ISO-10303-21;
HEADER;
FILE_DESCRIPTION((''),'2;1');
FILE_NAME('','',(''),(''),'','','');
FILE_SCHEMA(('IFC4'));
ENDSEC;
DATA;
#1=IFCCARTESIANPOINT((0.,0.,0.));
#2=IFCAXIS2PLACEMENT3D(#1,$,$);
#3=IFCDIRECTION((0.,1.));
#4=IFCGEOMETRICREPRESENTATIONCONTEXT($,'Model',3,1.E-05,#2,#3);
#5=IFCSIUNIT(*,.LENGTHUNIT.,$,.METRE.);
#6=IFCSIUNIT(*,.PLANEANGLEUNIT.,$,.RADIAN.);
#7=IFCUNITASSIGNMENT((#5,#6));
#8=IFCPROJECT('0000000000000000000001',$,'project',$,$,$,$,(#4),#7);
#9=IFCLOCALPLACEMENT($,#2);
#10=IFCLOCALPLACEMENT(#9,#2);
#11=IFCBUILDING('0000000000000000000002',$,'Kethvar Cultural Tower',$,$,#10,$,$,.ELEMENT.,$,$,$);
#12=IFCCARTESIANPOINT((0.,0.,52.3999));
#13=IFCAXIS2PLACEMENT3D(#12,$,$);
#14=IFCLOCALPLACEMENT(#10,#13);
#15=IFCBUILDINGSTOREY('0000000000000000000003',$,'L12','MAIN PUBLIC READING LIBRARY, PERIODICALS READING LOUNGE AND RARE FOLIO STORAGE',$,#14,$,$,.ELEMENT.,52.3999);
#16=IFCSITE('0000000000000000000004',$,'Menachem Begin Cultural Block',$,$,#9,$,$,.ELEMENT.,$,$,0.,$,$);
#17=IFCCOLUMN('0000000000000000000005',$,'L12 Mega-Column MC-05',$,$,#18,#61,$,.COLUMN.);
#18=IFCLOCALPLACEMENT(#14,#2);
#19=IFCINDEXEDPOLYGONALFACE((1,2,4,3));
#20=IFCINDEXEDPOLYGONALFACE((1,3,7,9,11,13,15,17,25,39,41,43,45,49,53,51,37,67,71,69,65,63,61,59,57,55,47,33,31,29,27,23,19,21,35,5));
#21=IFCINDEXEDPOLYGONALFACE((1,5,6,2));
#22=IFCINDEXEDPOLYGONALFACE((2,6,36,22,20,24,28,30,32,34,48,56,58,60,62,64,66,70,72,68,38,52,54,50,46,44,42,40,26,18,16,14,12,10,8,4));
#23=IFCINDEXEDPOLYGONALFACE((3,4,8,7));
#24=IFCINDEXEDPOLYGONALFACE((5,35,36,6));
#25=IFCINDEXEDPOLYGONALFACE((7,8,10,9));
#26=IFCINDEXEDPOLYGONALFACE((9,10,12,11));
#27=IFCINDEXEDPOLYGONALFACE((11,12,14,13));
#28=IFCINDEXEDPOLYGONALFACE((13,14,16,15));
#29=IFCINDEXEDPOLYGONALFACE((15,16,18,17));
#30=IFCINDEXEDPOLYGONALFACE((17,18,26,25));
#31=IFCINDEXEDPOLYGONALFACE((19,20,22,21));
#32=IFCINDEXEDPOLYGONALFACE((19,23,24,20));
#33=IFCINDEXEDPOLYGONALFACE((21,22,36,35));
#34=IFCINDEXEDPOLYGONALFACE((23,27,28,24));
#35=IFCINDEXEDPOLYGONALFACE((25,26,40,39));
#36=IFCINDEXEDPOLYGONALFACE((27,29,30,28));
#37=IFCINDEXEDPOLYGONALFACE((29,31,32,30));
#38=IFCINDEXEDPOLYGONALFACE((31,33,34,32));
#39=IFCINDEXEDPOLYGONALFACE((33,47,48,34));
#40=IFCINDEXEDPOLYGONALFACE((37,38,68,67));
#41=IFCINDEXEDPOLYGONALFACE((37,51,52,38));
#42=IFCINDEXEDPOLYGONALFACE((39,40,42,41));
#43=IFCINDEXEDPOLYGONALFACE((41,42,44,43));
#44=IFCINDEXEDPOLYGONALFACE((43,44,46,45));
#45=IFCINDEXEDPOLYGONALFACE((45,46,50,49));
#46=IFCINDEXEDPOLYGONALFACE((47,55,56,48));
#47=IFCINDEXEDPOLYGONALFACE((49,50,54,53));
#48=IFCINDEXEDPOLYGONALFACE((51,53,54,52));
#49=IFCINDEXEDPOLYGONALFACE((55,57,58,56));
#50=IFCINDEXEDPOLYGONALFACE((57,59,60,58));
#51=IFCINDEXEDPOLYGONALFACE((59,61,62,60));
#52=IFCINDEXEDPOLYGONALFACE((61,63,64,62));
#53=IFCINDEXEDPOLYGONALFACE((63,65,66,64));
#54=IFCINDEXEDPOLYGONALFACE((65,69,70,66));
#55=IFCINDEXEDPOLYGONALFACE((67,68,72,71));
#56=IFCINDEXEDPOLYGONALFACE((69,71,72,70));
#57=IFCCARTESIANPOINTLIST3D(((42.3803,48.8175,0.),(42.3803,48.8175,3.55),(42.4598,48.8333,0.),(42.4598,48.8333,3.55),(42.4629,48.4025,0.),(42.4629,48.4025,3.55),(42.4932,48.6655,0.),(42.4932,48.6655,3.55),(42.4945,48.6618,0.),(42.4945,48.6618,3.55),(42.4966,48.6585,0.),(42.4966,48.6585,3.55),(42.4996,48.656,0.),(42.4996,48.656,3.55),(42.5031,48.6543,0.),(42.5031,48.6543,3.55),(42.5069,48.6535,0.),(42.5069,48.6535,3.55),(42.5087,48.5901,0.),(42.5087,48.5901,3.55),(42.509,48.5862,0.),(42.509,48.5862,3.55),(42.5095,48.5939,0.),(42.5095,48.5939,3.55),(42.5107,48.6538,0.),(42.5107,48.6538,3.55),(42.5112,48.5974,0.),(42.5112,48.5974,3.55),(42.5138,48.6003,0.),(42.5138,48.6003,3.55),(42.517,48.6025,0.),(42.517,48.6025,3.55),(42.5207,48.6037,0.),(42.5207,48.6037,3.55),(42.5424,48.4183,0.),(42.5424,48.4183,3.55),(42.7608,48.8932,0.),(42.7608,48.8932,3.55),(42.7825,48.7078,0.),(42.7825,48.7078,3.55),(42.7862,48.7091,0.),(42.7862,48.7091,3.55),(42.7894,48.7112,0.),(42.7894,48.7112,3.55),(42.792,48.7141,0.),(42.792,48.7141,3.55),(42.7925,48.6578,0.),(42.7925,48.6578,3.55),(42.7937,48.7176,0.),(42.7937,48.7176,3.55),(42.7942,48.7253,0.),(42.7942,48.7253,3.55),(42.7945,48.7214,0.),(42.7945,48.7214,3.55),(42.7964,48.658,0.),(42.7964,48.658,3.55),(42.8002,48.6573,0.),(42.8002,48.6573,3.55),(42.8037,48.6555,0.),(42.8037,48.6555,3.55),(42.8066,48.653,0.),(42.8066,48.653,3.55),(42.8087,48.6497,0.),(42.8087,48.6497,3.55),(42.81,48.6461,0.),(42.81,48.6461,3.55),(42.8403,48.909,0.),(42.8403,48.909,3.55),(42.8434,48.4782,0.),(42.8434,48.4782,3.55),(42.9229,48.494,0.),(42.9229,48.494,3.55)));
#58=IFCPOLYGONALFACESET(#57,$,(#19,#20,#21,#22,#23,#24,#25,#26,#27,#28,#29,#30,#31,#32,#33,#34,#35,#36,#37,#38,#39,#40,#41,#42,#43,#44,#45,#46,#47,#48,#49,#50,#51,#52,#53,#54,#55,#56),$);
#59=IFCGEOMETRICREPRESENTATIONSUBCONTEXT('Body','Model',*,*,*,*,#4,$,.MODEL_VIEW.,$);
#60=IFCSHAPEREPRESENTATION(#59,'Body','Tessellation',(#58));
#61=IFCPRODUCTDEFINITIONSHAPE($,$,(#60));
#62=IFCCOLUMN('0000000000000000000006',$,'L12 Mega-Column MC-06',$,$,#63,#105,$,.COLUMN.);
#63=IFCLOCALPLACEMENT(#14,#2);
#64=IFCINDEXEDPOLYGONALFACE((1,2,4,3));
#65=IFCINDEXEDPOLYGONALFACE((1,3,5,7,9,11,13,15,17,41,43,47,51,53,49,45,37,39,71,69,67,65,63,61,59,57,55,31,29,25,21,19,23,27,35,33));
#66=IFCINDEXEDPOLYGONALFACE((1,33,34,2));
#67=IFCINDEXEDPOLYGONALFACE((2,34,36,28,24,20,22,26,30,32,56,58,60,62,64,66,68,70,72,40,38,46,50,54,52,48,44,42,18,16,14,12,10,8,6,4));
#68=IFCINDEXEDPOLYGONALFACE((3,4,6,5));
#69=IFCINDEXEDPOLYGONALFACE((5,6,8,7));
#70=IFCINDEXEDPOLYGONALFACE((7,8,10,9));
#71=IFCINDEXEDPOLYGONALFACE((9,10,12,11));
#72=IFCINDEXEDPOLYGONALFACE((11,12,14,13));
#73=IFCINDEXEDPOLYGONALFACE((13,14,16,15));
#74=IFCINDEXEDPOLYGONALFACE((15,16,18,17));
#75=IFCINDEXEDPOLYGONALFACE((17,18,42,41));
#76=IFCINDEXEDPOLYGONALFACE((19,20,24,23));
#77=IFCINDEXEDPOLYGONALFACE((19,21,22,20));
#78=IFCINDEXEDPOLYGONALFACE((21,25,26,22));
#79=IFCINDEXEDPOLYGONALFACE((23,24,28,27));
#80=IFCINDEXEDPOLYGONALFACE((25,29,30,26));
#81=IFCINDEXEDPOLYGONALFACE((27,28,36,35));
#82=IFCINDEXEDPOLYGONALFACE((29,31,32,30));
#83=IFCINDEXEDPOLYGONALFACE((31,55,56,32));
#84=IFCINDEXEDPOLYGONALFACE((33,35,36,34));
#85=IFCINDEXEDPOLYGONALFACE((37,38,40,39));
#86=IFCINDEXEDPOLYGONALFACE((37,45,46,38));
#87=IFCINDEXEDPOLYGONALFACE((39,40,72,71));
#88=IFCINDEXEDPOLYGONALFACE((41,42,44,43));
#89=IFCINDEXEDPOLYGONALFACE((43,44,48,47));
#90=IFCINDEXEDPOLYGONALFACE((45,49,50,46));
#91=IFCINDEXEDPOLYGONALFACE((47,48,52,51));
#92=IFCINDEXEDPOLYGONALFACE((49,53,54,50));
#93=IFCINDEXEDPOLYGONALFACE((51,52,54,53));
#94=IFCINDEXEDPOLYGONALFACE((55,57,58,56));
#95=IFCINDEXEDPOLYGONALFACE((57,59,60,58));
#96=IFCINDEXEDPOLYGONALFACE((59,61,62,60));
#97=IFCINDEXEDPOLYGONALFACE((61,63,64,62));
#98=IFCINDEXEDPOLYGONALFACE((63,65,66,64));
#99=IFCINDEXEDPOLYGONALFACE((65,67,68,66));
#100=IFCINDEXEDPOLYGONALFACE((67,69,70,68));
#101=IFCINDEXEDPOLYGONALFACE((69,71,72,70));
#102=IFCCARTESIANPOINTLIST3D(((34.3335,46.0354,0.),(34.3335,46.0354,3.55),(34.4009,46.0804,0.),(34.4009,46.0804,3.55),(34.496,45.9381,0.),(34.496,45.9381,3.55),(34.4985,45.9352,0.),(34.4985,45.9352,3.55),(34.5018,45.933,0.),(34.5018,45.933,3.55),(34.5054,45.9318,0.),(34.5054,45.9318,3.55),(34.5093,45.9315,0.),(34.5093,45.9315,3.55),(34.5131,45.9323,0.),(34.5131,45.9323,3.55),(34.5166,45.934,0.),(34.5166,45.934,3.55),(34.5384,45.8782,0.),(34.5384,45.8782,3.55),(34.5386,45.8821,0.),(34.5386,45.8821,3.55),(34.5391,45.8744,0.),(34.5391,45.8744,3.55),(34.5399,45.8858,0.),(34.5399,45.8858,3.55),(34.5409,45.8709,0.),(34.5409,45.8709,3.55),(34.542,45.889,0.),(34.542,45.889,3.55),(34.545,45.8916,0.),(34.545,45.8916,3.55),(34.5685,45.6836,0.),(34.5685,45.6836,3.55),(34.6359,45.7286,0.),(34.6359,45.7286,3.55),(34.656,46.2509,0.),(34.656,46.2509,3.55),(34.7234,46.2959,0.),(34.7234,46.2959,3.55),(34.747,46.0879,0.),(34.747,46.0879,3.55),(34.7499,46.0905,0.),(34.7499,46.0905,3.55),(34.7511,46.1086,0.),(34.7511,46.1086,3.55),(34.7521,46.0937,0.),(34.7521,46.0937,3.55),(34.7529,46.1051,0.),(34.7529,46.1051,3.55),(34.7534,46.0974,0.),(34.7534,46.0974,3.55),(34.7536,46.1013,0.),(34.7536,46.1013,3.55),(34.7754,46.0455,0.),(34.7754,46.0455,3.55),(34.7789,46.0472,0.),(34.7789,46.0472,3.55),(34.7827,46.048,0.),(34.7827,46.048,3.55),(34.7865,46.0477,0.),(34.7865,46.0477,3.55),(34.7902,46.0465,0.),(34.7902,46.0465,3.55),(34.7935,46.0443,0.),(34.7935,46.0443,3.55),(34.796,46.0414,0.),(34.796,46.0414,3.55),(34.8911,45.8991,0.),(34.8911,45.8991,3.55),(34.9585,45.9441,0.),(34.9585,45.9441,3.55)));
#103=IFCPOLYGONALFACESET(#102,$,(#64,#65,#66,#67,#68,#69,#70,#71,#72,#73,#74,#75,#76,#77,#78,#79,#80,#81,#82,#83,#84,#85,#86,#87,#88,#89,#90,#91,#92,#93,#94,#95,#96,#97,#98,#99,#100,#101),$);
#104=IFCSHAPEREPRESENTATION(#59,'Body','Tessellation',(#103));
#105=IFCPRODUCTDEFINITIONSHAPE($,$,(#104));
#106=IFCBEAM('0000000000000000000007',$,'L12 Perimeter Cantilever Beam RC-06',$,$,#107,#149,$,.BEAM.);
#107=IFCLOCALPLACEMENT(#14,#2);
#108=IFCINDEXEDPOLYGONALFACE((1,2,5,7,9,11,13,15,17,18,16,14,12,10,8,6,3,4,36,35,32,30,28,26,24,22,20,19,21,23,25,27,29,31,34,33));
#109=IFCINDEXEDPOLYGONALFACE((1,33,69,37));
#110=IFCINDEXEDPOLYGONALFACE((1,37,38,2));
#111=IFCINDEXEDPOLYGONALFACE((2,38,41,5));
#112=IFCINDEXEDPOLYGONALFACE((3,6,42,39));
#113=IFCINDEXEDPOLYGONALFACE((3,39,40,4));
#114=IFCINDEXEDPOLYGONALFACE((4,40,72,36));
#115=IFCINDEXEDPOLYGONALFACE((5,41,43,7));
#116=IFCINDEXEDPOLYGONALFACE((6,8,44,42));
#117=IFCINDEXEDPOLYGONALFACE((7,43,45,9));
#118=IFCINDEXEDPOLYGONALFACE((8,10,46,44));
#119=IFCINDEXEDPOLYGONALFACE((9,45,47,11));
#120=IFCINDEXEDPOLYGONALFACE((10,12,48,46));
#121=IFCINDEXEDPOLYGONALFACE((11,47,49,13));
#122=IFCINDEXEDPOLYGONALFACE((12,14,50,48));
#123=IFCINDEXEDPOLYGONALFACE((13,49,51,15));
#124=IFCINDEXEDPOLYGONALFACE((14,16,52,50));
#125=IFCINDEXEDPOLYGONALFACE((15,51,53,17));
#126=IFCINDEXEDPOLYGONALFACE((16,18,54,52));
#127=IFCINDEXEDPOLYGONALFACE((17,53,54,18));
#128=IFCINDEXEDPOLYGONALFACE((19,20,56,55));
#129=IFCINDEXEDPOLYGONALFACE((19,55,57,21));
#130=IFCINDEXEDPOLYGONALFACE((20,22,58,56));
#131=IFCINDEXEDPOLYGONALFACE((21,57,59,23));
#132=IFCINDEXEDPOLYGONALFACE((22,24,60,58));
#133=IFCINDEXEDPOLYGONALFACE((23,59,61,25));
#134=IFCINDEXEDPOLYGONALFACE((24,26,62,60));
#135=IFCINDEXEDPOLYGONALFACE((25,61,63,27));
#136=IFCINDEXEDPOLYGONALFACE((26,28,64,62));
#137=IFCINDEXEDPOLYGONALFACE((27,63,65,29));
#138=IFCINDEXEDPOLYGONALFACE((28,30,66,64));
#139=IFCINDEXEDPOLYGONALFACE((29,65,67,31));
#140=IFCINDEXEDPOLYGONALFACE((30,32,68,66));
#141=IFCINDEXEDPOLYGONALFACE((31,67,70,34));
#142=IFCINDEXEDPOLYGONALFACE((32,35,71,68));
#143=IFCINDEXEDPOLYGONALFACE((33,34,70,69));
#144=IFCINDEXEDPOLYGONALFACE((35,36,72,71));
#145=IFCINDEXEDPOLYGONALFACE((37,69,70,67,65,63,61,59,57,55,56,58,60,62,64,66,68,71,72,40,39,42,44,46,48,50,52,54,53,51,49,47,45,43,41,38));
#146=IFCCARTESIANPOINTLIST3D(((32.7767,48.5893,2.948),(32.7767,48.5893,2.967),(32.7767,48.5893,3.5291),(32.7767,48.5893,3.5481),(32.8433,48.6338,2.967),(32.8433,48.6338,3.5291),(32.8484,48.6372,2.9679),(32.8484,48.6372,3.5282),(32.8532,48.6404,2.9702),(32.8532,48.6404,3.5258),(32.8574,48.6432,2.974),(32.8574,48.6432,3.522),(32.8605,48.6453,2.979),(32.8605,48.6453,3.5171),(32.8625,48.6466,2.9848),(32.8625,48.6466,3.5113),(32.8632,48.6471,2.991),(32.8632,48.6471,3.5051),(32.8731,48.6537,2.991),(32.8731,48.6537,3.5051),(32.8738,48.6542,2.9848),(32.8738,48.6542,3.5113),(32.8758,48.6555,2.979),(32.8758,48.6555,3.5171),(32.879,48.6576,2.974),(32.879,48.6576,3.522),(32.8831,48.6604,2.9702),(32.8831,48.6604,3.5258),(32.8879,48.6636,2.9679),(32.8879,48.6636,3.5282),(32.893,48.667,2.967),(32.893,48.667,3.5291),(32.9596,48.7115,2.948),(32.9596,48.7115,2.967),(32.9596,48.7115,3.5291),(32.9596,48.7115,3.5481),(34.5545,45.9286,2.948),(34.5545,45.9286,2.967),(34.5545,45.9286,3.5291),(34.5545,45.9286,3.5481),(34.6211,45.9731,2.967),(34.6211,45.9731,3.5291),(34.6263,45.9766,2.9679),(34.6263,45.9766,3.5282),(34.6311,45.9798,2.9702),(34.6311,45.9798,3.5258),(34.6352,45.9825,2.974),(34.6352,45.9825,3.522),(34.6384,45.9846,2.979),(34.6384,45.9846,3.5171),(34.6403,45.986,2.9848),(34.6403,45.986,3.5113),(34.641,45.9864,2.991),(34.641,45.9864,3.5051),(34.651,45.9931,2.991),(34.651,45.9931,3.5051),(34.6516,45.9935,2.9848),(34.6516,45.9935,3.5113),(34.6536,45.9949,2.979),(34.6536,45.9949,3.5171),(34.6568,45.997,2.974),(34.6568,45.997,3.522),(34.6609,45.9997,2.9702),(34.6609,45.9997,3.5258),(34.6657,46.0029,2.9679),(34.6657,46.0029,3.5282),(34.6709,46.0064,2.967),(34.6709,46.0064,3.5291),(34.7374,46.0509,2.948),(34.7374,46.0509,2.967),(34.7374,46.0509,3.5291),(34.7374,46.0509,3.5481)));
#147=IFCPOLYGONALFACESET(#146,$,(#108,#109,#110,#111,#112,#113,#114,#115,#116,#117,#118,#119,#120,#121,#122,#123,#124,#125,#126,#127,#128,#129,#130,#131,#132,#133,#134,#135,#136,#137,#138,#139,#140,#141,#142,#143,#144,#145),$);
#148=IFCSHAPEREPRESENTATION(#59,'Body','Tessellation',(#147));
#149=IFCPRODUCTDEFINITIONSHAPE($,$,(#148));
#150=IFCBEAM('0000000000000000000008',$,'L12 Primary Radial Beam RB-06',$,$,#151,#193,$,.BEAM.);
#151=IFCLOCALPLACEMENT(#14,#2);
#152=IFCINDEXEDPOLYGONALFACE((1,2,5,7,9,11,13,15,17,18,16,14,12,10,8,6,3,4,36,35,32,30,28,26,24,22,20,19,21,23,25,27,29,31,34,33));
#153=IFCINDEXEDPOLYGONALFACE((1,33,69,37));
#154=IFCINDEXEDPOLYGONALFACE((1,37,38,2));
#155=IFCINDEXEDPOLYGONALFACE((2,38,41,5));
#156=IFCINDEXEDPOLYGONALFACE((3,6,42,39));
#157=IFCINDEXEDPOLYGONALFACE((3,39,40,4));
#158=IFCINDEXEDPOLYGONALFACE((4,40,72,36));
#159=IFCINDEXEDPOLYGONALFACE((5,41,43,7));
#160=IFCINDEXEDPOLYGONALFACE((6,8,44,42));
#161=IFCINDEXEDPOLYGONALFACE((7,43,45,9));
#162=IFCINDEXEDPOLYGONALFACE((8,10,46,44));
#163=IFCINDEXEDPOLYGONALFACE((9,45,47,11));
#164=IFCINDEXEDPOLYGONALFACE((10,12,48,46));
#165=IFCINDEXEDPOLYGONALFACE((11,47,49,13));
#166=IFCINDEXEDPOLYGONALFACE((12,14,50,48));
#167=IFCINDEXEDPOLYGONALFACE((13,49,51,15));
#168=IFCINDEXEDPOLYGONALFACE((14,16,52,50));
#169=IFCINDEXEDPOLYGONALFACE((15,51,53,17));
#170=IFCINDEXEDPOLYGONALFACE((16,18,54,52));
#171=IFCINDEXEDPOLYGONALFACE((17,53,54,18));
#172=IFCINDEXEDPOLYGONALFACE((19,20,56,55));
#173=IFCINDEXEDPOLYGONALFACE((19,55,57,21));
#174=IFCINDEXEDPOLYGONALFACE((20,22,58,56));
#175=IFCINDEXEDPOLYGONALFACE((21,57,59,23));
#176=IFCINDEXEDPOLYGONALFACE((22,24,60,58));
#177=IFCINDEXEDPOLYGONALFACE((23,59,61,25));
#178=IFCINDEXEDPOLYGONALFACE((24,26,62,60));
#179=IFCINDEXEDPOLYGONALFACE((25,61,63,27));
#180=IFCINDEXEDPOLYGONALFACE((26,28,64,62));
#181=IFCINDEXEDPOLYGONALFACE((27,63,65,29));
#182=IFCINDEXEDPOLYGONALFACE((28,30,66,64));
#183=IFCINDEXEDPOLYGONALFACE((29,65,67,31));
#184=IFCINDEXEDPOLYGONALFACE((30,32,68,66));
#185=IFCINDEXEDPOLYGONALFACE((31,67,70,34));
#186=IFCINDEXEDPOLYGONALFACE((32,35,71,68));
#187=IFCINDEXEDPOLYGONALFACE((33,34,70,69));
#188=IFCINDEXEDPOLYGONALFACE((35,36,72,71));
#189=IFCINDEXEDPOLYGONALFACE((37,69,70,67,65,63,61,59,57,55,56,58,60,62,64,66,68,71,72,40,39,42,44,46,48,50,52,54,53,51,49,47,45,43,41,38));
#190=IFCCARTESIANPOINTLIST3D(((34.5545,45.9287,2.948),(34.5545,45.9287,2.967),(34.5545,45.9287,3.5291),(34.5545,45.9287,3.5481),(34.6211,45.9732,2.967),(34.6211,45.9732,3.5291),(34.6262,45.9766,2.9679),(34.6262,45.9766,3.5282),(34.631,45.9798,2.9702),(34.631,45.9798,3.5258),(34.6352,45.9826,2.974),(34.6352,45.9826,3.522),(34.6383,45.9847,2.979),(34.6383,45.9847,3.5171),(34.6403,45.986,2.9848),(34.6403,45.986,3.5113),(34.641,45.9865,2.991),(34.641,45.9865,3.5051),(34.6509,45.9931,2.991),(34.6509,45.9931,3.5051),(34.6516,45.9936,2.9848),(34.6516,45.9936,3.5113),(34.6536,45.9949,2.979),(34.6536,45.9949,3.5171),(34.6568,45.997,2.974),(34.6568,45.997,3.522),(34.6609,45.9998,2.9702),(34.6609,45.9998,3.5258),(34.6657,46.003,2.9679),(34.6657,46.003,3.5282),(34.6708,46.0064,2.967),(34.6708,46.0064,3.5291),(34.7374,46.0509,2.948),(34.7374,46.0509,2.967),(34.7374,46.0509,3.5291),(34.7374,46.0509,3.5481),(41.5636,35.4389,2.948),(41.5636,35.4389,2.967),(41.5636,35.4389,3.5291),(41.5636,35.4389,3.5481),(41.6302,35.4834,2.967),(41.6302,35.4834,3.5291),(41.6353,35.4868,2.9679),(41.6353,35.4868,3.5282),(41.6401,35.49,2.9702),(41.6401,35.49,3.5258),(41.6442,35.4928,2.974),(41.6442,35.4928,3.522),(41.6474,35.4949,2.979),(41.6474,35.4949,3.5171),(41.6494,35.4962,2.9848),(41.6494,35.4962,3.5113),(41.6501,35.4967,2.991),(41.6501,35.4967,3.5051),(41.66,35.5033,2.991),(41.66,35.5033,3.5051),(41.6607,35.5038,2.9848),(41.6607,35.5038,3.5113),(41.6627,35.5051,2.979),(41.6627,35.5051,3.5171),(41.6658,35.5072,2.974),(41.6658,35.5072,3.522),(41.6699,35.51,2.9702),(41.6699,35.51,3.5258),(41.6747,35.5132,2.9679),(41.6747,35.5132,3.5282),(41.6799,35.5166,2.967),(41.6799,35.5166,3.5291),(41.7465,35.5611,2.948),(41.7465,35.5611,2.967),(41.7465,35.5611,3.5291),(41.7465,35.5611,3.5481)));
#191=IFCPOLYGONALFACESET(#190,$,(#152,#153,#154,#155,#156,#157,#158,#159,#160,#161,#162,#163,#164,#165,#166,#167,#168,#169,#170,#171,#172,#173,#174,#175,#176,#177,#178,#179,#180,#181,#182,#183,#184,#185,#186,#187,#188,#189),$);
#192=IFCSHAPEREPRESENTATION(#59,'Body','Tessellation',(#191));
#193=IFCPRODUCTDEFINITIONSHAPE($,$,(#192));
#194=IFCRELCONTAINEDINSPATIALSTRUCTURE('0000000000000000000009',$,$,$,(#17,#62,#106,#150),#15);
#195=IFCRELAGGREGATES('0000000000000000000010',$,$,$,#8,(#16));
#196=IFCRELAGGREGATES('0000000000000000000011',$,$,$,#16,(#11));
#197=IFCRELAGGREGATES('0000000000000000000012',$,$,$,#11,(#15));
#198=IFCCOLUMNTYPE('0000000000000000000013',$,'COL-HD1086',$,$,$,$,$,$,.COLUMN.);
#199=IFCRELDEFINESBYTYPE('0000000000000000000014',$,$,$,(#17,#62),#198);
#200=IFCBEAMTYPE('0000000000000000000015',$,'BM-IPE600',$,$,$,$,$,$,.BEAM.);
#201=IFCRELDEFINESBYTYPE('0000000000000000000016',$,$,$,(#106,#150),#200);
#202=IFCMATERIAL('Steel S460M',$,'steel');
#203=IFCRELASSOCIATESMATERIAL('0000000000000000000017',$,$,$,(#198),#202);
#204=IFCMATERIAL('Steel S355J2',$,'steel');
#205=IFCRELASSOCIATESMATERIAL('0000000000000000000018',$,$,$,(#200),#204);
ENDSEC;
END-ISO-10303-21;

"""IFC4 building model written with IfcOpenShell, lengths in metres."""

from ifc_helpers import new_model, si_unit, direction, frame, origin, origin_2d, place, context, subcontext, project, spatial, i_section, extrude, source, transform, mapped, material, material_profile, profile_set, type_object, element, save


model = new_model("IFC4")

# Units and contexts
model_context = context("Model", 3, precision=1e-05, world=origin(), true_north=direction((0.0, 1.0)))
body_context = subcontext(model_context, "Body", "Model", "MODEL_VIEW")
ifc_project = project(units=[si_unit("LENGTHUNIT", "METRE"), si_unit("PLANEANGLEUNIT", "RADIAN")], contexts=[model_context])

# Site, building, storey
site_placement = place(None, origin())
site = spatial("IfcSite", under=ifc_project, at=site_placement, Name="Menachem Begin Cultural Block", CompositionType="ELEMENT", RefElevation=0.0)
building_placement = place(site_placement, origin())
building = spatial("IfcBuilding", under=site, at=building_placement, Name="Kethvar Cultural Tower", CompositionType="ELEMENT")
storey_placement = place(building_placement, frame((0.0, 0.0, 52.3999)))
storey = spatial("IfcBuildingStorey", under=building, at=storey_placement, Name="L12", Description="MAIN PUBLIC READING LIBRARY, PERIODICALS READING LOUNGE AND RARE FOLIO STORAGE", CompositionType="ELEMENT", Elevation=52.3999)

# Columns
ifc_material_1 = material(Name="Steel S460M", Category="steel")
ifc_material_profile_1 = material_profile(ifc_material_1, i_section(OverallWidth=0.4231, OverallDepth=0.469, WebThickness=0.051, FlangeThickness=0.0811, FilletRadius=0.0149, at=origin_2d()), Name="Steel S460M — HD400x1086")
ifc_profile_set_1 = profile_set([ifc_material_profile_1], Name="Steel S460M — HD400x1086")
column_type = type_object("IfcColumnType", Name="COL-HD1086", PredefinedType="COLUMN", material=ifc_profile_set_1)
shared_shape_1 = source(origin(), body_context, "Body", "SweptSolid", [
    extrude(i_section(OverallWidth=0.4231, OverallDepth=0.469, WebThickness=0.051, FlangeThickness=0.0811, FilletRadius=0.0149, at=origin_2d()), origin(), (0.0, 0.0, 1.0), 3.55),
])
for number, where, z_axis, x_axis, name in (
    (1, (42.6516, 48.6558, 0.0), (0.0, 0.0, 1.0), (-0.19509, 0.980785, 0.0), "L12 Mega-Column MC-05"),
    (2, (34.646, 45.9897, 0.0), (0.0, 0.0, 1.0), (-0.55557, 0.83147, 0.0), "L12 Mega-Column MC-06"),
):
    element("IfcColumn", number, at=place(storey_placement, frame(where, z_axis=z_axis, x_axis=x_axis)), inside=storey, type_object=column_type, Name=name, PredefinedType="COLUMN", context=body_context, shape_type="MappedRepresentation", body=[
        mapped(shared_shape_1, transform((0.0, 0.0, 0.0), scale=1.0)),
    ])

# Beams
ifc_material_2 = material(Name="Steel S355J2", Category="steel")
ifc_material_profile_2 = material_profile(ifc_material_2, i_section(OverallWidth=0.22, OverallDepth=0.6001, WebThickness=0.012, FlangeThickness=0.019, FilletRadius=0.0239, at=origin_2d()), Name="Steel S355J2 — IPE600")
ifc_profile_set_2 = profile_set([ifc_material_profile_2], Name="Steel S355J2 — IPE600")
beam_type_1 = type_object("IfcBeamType", Name="BM-IPE600", PredefinedType="BEAM", material=ifc_profile_set_2)
shared_shape_2 = source(origin(), body_context, "Body", "SweptSolid", [
    extrude(i_section(OverallWidth=0.22, OverallDepth=0.6001, WebThickness=0.012, FlangeThickness=0.019, FilletRadius=0.0239, at=origin_2d()), origin(), (0.0, 0.0, 1.0), 3.2),
])
beam_1_placement = place(storey_placement, frame((34.646, 45.9897, 3.248), z_axis=(-0.55558, 0.831463, 0.0), x_axis=(-0.831463, -0.55558, 0.0)))
element("IfcBeam", 3, at=beam_1_placement, inside=storey, type_object=beam_type_1, Name="L12 Perimeter Cantilever Beam RC-06", PredefinedType="BEAM", context=body_context, shape_type="MappedRepresentation", body=[
    mapped(shared_shape_2, transform((0.0, 0.0, 0.0), scale=1.0)),
])
shared_shape_3 = source(origin(), body_context, "Body", "SweptSolid", [
    extrude(i_section(OverallWidth=0.22, OverallDepth=0.6001, WebThickness=0.012, FlangeThickness=0.019, FilletRadius=0.0239, at=origin_2d()), origin(), (0.0, 0.0, 1.0), 12.616),
])
beam_2_placement = place(storey_placement, frame((41.655, 35.5, 3.248), z_axis=(-0.555571, 0.831469, 0.0), x_axis=(-0.831469, -0.555571, 0.0)))
element("IfcBeam", 4, at=beam_2_placement, inside=storey, type_object=beam_type_1, Name="L12 Primary Radial Beam RB-06", PredefinedType="BEAM", context=body_context, shape_type="MappedRepresentation", body=[
    mapped(shared_shape_3, transform((0.0, 0.0, 0.0), scale=1.0)),
])

save(model, "model.ifc")
